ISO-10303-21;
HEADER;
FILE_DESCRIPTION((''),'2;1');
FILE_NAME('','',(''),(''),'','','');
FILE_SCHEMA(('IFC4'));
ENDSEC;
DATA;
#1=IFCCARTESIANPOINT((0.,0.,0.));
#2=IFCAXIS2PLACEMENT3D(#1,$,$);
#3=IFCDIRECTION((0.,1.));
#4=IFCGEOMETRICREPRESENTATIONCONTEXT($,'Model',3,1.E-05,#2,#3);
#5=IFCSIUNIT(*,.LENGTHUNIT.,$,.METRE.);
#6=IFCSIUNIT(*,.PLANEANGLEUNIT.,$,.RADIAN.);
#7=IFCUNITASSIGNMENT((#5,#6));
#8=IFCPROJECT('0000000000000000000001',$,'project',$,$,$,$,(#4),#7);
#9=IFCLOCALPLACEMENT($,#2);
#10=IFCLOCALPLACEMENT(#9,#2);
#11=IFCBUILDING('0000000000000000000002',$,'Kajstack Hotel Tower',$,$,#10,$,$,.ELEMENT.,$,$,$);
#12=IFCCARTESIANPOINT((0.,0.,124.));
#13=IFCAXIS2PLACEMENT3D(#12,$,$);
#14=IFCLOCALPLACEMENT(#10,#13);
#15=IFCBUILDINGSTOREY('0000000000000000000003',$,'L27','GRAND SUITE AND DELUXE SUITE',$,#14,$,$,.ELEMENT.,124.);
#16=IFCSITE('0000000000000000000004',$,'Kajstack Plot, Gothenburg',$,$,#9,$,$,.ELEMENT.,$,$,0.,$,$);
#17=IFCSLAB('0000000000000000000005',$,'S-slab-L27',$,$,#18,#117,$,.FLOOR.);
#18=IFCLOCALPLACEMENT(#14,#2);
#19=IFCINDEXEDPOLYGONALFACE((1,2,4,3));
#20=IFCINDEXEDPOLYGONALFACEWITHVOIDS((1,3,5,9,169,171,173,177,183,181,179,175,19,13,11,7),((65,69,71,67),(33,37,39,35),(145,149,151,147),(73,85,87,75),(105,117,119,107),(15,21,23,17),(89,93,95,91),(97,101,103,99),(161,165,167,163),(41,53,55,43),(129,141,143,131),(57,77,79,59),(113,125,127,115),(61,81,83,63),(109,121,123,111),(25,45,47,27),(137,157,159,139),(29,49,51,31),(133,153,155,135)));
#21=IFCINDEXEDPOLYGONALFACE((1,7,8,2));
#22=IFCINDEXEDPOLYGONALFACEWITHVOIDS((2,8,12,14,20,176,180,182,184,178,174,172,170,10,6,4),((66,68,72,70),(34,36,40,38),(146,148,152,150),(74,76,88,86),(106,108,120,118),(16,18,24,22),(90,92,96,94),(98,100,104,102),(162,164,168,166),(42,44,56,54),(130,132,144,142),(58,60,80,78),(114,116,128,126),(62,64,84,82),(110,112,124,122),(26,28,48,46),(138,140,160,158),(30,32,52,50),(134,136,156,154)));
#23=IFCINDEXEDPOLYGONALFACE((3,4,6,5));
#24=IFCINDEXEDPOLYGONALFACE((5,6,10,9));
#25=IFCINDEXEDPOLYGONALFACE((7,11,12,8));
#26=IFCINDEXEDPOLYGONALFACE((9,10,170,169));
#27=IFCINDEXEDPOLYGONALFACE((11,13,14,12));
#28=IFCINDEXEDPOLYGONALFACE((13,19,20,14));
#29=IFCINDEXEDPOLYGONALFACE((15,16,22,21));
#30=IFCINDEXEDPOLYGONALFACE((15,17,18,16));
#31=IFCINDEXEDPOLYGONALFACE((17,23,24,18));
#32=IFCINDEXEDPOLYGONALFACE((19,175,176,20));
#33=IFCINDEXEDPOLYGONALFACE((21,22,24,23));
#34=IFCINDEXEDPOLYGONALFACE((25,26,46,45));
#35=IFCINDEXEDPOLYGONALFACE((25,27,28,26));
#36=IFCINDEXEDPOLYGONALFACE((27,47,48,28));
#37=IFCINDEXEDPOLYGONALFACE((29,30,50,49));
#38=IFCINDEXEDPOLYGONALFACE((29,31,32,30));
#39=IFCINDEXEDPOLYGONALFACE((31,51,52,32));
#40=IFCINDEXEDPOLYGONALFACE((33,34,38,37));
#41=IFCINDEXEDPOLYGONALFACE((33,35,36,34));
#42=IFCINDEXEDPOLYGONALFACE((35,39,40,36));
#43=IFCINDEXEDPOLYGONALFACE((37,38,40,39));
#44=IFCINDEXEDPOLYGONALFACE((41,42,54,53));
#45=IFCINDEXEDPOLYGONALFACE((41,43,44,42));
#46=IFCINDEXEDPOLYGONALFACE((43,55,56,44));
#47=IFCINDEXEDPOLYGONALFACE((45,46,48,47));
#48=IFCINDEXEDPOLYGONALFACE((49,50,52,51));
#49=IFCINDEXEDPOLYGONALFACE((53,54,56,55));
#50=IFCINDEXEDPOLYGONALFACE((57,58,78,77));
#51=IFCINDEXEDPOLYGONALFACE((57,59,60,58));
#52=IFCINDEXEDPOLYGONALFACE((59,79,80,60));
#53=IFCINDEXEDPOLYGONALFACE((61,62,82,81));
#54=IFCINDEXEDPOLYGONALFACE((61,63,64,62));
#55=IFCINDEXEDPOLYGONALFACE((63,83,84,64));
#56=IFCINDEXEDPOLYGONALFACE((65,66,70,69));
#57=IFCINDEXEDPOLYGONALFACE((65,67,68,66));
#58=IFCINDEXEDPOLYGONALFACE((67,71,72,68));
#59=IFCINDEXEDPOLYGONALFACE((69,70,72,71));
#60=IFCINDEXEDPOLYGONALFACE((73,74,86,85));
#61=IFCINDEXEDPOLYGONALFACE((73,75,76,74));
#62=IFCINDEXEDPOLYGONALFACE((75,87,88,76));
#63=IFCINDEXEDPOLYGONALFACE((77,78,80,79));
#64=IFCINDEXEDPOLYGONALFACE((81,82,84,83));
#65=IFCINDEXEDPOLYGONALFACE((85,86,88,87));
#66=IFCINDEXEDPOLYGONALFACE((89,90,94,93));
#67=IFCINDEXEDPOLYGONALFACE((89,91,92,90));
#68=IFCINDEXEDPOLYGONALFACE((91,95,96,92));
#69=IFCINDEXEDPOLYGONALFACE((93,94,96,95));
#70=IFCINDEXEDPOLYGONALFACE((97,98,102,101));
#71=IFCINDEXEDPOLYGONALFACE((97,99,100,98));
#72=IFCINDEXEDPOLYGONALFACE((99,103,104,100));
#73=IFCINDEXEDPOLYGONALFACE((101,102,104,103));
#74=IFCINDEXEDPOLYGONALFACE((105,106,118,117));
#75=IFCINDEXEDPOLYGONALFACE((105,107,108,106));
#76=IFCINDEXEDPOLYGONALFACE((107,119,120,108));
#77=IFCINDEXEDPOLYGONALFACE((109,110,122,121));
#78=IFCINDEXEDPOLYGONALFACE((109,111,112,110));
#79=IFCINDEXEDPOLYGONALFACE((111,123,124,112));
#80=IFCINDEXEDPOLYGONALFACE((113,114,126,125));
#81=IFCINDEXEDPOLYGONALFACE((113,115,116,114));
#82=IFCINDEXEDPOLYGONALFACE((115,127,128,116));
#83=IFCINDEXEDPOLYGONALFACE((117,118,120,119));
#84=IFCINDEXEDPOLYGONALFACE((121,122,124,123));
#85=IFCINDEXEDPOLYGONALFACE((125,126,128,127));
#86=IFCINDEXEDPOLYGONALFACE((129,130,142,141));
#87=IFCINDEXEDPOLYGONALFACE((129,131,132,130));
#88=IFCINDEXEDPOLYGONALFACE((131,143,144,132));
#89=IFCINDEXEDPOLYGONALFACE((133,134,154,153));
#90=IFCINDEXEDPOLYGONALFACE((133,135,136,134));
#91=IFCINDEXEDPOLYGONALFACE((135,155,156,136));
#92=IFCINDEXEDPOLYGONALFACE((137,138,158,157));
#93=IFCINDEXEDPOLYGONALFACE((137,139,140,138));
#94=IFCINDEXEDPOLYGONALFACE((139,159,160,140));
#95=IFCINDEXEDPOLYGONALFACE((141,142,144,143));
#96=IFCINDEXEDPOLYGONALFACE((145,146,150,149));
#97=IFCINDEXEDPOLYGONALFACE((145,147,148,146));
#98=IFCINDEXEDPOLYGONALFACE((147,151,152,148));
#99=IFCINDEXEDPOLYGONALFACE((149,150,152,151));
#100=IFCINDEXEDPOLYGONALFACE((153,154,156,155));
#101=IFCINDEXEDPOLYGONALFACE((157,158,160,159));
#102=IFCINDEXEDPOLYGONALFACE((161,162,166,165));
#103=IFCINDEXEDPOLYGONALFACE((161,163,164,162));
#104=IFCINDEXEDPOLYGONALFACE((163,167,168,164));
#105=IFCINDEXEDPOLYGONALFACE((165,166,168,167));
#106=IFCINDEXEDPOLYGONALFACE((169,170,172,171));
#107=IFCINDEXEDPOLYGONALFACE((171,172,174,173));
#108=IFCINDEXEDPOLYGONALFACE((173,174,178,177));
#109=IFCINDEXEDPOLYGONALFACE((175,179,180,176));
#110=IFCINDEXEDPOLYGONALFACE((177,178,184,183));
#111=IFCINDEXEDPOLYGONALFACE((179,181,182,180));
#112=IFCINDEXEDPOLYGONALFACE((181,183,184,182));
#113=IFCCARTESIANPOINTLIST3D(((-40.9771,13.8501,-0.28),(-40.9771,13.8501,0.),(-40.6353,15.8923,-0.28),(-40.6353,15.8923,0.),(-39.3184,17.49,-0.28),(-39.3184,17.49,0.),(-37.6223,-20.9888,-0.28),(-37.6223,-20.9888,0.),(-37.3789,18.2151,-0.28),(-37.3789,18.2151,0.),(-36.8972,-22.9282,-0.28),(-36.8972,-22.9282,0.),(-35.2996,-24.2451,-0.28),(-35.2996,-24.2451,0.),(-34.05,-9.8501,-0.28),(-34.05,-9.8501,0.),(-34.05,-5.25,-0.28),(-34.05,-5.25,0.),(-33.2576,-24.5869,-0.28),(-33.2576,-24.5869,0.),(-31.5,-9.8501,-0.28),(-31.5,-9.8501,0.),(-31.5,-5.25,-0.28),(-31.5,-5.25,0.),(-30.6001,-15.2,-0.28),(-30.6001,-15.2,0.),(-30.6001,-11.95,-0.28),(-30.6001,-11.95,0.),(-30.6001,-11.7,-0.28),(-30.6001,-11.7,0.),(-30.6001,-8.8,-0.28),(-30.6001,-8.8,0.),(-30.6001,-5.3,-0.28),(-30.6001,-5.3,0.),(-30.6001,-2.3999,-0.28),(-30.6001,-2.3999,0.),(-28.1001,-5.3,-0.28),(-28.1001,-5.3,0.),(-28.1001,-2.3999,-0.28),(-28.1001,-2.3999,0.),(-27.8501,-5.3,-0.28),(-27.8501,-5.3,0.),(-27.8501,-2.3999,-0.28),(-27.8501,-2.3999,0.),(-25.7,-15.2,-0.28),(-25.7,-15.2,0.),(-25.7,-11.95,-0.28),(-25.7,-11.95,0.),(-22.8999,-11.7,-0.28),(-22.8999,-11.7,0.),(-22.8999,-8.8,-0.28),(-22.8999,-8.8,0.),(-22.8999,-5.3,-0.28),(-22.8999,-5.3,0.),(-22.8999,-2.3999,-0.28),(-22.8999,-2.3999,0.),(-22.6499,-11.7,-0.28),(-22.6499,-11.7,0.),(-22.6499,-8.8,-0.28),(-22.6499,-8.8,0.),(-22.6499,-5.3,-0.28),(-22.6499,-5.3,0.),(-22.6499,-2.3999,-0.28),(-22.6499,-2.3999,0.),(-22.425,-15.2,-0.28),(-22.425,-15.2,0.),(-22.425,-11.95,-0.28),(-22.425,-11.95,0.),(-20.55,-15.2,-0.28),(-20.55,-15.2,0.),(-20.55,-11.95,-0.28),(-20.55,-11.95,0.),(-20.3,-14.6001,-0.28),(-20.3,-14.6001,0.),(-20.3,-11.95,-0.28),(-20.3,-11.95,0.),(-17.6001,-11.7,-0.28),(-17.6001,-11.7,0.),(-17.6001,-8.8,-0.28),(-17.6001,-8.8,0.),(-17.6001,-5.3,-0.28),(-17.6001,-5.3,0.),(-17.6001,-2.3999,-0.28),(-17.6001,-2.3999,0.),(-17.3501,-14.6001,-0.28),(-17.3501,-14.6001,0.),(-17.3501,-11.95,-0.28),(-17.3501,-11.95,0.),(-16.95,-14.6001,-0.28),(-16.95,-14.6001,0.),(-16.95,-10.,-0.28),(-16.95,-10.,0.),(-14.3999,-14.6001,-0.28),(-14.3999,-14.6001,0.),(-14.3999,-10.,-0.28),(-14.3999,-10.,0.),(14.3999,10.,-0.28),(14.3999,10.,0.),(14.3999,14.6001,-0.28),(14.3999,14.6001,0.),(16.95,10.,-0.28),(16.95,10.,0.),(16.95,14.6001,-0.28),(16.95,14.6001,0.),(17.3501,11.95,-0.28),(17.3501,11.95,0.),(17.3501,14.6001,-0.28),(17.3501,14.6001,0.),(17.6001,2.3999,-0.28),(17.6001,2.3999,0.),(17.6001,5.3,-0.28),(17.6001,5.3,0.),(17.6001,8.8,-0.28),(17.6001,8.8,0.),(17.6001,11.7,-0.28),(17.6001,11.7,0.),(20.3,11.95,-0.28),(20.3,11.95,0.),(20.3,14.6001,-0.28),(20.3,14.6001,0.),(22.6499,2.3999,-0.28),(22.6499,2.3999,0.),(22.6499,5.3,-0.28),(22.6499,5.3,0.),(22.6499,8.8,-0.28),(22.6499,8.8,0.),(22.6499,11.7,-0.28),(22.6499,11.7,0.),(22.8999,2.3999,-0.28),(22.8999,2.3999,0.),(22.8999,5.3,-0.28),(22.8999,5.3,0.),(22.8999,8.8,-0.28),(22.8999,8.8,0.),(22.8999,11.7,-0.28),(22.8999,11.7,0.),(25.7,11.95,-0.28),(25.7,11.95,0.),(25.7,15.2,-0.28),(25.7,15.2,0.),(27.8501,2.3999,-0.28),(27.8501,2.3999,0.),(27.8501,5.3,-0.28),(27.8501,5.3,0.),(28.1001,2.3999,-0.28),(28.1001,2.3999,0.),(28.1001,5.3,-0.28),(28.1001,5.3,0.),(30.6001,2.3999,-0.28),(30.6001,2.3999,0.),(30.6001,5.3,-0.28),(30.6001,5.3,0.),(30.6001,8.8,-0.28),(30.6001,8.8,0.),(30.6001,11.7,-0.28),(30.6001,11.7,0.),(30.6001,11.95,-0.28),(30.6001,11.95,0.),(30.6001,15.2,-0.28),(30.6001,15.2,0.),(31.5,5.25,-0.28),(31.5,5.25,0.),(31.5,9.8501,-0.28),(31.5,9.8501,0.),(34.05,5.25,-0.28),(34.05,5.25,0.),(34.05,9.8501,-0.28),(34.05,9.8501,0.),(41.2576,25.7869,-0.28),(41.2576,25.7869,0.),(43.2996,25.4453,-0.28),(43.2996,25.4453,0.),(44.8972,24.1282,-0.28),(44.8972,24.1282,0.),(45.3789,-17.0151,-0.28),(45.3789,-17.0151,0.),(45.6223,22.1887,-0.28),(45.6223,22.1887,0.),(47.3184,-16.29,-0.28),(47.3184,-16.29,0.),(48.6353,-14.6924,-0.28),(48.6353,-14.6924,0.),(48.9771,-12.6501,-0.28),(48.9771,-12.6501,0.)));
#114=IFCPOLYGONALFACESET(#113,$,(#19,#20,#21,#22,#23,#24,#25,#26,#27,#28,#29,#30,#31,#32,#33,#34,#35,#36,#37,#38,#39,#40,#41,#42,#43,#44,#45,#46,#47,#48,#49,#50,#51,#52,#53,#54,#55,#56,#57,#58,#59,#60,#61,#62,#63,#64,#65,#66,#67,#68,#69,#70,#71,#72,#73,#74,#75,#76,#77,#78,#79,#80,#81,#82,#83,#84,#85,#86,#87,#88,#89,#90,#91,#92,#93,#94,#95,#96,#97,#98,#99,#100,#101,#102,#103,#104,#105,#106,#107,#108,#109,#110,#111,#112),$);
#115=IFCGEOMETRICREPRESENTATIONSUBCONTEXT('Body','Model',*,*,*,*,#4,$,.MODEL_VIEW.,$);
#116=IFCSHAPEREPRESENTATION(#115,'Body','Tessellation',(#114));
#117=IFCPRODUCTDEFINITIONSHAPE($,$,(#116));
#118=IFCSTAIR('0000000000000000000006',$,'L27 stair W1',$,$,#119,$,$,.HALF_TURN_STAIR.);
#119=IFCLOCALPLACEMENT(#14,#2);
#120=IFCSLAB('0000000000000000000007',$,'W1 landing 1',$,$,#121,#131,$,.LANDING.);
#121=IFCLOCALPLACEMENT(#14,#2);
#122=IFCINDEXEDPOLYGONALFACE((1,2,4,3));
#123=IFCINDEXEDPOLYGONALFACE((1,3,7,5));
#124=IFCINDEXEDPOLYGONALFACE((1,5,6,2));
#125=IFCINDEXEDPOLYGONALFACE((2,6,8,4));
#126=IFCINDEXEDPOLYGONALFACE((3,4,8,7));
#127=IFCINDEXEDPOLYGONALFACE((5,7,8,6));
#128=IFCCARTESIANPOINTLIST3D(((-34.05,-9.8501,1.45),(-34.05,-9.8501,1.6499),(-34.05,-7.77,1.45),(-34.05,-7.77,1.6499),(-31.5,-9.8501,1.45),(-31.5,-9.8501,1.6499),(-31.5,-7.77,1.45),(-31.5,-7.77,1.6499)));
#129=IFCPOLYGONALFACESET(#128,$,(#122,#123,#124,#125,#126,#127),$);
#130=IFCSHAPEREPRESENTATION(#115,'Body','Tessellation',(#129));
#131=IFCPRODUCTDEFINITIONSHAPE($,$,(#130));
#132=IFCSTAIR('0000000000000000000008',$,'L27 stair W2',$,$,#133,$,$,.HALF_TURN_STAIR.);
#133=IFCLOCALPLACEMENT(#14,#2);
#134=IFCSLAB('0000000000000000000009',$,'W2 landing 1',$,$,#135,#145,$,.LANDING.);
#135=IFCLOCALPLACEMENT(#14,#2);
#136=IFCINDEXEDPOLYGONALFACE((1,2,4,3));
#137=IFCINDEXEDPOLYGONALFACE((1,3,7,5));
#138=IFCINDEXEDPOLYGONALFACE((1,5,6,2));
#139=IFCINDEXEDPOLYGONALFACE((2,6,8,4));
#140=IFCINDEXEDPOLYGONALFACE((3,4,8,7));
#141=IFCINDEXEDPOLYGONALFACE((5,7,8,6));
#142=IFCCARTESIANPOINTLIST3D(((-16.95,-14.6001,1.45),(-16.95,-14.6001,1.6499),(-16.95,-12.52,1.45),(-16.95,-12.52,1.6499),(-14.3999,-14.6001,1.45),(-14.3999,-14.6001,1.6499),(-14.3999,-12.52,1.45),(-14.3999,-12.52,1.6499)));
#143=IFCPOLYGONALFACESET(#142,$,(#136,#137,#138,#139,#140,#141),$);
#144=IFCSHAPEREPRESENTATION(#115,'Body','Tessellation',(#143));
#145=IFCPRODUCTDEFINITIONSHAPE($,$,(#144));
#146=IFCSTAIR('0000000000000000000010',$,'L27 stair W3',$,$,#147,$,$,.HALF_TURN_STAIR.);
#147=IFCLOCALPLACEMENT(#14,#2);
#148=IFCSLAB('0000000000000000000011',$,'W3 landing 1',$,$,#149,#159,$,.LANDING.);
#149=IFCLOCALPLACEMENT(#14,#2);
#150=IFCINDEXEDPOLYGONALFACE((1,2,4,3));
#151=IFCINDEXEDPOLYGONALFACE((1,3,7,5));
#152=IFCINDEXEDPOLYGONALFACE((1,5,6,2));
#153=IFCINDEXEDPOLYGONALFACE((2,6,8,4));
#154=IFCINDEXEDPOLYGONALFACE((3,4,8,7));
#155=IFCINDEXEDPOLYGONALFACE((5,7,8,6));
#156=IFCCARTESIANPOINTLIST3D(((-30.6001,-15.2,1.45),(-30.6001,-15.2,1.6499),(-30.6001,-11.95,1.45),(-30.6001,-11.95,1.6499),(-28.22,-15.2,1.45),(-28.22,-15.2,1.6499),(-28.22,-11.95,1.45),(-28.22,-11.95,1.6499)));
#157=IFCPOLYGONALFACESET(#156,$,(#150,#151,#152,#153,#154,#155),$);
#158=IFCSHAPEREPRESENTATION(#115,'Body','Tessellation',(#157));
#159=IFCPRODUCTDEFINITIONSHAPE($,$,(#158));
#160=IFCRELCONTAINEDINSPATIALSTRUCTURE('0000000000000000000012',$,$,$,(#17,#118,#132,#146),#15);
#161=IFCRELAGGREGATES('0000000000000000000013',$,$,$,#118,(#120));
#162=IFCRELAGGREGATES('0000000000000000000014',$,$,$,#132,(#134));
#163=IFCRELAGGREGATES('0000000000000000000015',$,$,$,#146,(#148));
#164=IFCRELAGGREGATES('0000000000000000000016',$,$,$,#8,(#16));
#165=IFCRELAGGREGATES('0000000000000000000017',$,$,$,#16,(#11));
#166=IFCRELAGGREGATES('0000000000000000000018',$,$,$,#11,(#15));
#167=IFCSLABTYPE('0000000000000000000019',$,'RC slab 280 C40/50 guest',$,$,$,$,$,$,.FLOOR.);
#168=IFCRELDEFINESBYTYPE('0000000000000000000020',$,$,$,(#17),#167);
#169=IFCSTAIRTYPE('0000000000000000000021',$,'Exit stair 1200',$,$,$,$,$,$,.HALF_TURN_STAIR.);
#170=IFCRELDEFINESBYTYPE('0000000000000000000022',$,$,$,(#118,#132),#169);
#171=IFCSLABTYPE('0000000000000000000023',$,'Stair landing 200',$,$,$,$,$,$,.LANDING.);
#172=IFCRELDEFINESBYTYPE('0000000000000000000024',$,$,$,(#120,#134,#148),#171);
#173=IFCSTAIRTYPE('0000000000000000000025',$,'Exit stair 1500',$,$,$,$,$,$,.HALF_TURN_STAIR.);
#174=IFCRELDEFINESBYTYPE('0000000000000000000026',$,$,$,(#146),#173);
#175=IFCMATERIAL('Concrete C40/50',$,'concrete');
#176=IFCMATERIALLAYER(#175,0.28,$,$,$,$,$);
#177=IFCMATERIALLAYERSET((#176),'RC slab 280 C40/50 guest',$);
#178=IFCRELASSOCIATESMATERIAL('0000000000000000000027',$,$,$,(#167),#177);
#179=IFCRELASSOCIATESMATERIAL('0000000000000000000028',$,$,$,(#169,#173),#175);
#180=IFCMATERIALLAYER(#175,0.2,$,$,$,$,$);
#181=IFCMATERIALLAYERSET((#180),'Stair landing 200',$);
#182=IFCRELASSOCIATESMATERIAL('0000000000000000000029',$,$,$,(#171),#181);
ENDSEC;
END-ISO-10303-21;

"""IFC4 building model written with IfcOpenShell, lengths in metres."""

from ifc_helpers import new_model, si_unit, direction, frame, origin, place, context, subcontext, project, spatial, polyline, outline, extrude, material, layer, layer_set, type_object, element, aggregate, save


model = new_model("IFC4")

# Units and contexts
model_context = context("Model", 3, precision=1e-05, world=origin(), true_north=direction((0.0, 1.0)))
body_context = subcontext(model_context, "Body", "Model", "MODEL_VIEW")
ifc_project = project(units=[si_unit("LENGTHUNIT", "METRE"), si_unit("PLANEANGLEUNIT", "RADIAN")], contexts=[model_context])

# Site, building, storey
site_placement = place(None, origin())
site = spatial("IfcSite", under=ifc_project, at=site_placement, Name="Kajstack Plot, Gothenburg", CompositionType="ELEMENT", RefElevation=0.0)
building_placement = place(site_placement, origin())
building = spatial("IfcBuilding", under=site, at=building_placement, Name="Kajstack Hotel Tower", CompositionType="ELEMENT")
storey_placement = place(building_placement, frame((0.0, 0.0, 124.0)))
storey = spatial("IfcBuildingStorey", under=building, at=storey_placement, Name="L27", Description="GRAND SUITE AND DELUXE SUITE", CompositionType="ELEMENT", Elevation=124.0)

# Slab
ifc_material_1 = material(Name="Concrete C40/50", Category="concrete")
ifc_layer_1 = layer(ifc_material_1, 0.28)
ifc_layer_set_1 = layer_set([ifc_layer_1], Name="RC slab 280 C40/50 guest")
slab_type_1 = type_object("IfcSlabType", Name="RC slab 280 C40/50 guest", PredefinedType="FLOOR", material=ifc_layer_set_1)
slab_1_placement = place(storey_placement, frame((0.0, 0.0, -0.28)))
element("IfcSlab", 1, at=slab_1_placement, inside=storey, type_object=slab_type_1, Name="S-slab-L27", PredefinedType="FLOOR", context=body_context, shape_type="SweptSolid", body=[
    extrude(outline(polyline([(-40.9771, 13.8501), (-37.6223, -20.9888), (-36.8972, -22.9282), (-35.2996, -24.2451), (-33.2576, -24.5869), (45.3789, -17.0151), (47.3184, -16.29), (48.6353, -14.6924), (48.9771, -12.6501), (45.6223, 22.1887), (44.8972, 24.1282), (43.2996, 25.4453), (41.2576, 25.7869), (-37.3789, 18.2151), (-39.3184, 17.49), (-40.6353, 15.8923), (-40.9771, 13.8501)]), holes=[polyline([(-30.6001, -11.7), (-30.6001, -8.8), (-22.8999, -8.8), (-22.8999, -11.7), (-30.6001, -11.7)]), polyline([(-22.6499, -11.7), (-22.6499, -8.8), (-17.6001, -8.8), (-17.6001, -11.7), (-22.6499, -11.7)]), polyline([(-27.8501, -5.3), (-27.8501, -2.3999), (-22.8999, -2.3999), (-22.8999, -5.3), (-27.8501, -5.3)]), polyline([(-22.6499, -5.3), (-22.6499, -2.3999), (-17.6001, -2.3999), (-17.6001, -5.3), (-22.6499, -5.3)]), polyline([(-20.3, -14.6001), (-17.3501, -14.6001), (-17.3501, -11.95), (-20.3, -11.95), (-20.3, -14.6001)]), polyline([(-30.6001, -5.3), (-28.1001, -5.3), (-28.1001, -2.3999), (-30.6001, -2.3999), (-30.6001, -5.3)]), polyline([(22.8999, 8.8), (22.8999, 11.7), (30.6001, 11.7), (30.6001, 8.8), (22.8999, 8.8)]), polyline([(17.6001, 8.8), (17.6001, 11.7), (22.6499, 11.7), (22.6499, 8.8), (17.6001, 8.8)]), polyline([(22.8999, 2.3999), (22.8999, 5.3), (27.8501, 5.3), (27.8501, 2.3999), (22.8999, 2.3999)]), polyline([(17.6001, 2.3999), (17.6001, 5.3), (22.6499, 5.3), (22.6499, 2.3999), (17.6001, 2.3999)]), polyline([(20.3, 14.6001), (17.3501, 14.6001), (17.3501, 11.95), (20.3, 11.95), (20.3, 14.6001)]), polyline([(30.6001, 5.3), (28.1001, 5.3), (28.1001, 2.3999), (30.6001, 2.3999), (30.6001, 5.3)]), polyline([(-34.05, -9.8501), (-31.5, -9.8501), (-31.5, -5.25), (-34.05, -5.25), (-34.05, -9.8501)]), polyline([(-16.95, -14.6001), (-14.3999, -14.6001), (-14.3999, -10.0), (-16.95, -10.0), (-16.95, -14.6001)]), polyline([(-30.6001, -15.2), (-25.7, -15.2), (-25.7, -11.95), (-30.6001, -11.95), (-30.6001, -15.2)]), polyline([(34.05, 9.8501), (31.5, 9.8501), (31.5, 5.25), (34.05, 5.25), (34.05, 9.8501)]), polyline([(16.95, 14.6001), (14.3999, 14.6001), (14.3999, 10.0), (16.95, 10.0), (16.95, 14.6001)]), polyline([(30.6001, 15.2), (25.7, 15.2), (25.7, 11.95), (30.6001, 11.95), (30.6001, 15.2)]), polyline([(-22.425, -15.2), (-22.425, -11.95), (-20.55, -11.95), (-20.55, -15.2), (-22.425, -15.2)])]), origin(), (0.0, 0.0, 1.0), 0.28),
])

# Stairs, slabs
stair_type_1 = type_object("IfcStairType", Name="Exit stair 1200", PredefinedType="HALF_TURN_STAIR", material=ifc_material_1)
stair_1_placement = place(storey_placement, origin())
stair_1 = element("IfcStair", 2, at=stair_1_placement, inside=storey, type_object=stair_type_1, Name="L27 stair W1", PredefinedType="HALF_TURN_STAIR")
ifc_layer_2 = layer(ifc_material_1, 0.2)
ifc_layer_set_2 = layer_set([ifc_layer_2], Name="Stair landing 200")
slab_type_2 = type_object("IfcSlabType", Name="Stair landing 200", PredefinedType="LANDING", material=ifc_layer_set_2)
slab_2_placement = place(storey_placement, frame((0.0, 0.0, 1.45)))
slab_2 = element("IfcSlab", 3, at=slab_2_placement, type_object=slab_type_2, Name="W1 landing 1", PredefinedType="LANDING", context=body_context, shape_type="SweptSolid", body=[
    extrude(outline(polyline([(-34.05, -7.77), (-34.05, -9.8501), (-31.5, -9.8501), (-31.5, -7.77), (-34.05, -7.77)])), origin(), (0.0, 0.0, 1.0), 0.2),
])
aggregate(stair_1, [slab_2])
stair_2_placement = place(storey_placement, origin())
stair_2 = element("IfcStair", 4, at=stair_2_placement, inside=storey, type_object=stair_type_1, Name="L27 stair W2", PredefinedType="HALF_TURN_STAIR")
slab_3_placement = place(storey_placement, frame((0.0, 0.0, 1.45)))
slab_3 = element("IfcSlab", 5, at=slab_3_placement, type_object=slab_type_2, Name="W2 landing 1", PredefinedType="LANDING", context=body_context, shape_type="SweptSolid", body=[
    extrude(outline(polyline([(-16.95, -12.52), (-16.95, -14.6001), (-14.3999, -14.6001), (-14.3999, -12.52), (-16.95, -12.52)])), origin(), (0.0, 0.0, 1.0), 0.2),
])
aggregate(stair_2, [slab_3])
stair_type_2 = type_object("IfcStairType", Name="Exit stair 1500", PredefinedType="HALF_TURN_STAIR", material=ifc_material_1)
stair_3_placement = place(storey_placement, origin())
stair_3 = element("IfcStair", 6, at=stair_3_placement, inside=storey, type_object=stair_type_2, Name="L27 stair W3", PredefinedType="HALF_TURN_STAIR")
slab_4_placement = place(storey_placement, frame((0.0, 0.0, 1.45)))
slab_4 = element("IfcSlab", 7, at=slab_4_placement, type_object=slab_type_2, Name="W3 landing 1", PredefinedType="LANDING", context=body_context, shape_type="SweptSolid", body=[
    extrude(outline(polyline([(-28.22, -11.95), (-30.6001, -11.95), (-30.6001, -15.2), (-28.22, -15.2), (-28.22, -11.95)])), origin(), (0.0, 0.0, 1.0), 0.2),
])
aggregate(stair_3, [slab_4])

save(model, "model.ifc")
